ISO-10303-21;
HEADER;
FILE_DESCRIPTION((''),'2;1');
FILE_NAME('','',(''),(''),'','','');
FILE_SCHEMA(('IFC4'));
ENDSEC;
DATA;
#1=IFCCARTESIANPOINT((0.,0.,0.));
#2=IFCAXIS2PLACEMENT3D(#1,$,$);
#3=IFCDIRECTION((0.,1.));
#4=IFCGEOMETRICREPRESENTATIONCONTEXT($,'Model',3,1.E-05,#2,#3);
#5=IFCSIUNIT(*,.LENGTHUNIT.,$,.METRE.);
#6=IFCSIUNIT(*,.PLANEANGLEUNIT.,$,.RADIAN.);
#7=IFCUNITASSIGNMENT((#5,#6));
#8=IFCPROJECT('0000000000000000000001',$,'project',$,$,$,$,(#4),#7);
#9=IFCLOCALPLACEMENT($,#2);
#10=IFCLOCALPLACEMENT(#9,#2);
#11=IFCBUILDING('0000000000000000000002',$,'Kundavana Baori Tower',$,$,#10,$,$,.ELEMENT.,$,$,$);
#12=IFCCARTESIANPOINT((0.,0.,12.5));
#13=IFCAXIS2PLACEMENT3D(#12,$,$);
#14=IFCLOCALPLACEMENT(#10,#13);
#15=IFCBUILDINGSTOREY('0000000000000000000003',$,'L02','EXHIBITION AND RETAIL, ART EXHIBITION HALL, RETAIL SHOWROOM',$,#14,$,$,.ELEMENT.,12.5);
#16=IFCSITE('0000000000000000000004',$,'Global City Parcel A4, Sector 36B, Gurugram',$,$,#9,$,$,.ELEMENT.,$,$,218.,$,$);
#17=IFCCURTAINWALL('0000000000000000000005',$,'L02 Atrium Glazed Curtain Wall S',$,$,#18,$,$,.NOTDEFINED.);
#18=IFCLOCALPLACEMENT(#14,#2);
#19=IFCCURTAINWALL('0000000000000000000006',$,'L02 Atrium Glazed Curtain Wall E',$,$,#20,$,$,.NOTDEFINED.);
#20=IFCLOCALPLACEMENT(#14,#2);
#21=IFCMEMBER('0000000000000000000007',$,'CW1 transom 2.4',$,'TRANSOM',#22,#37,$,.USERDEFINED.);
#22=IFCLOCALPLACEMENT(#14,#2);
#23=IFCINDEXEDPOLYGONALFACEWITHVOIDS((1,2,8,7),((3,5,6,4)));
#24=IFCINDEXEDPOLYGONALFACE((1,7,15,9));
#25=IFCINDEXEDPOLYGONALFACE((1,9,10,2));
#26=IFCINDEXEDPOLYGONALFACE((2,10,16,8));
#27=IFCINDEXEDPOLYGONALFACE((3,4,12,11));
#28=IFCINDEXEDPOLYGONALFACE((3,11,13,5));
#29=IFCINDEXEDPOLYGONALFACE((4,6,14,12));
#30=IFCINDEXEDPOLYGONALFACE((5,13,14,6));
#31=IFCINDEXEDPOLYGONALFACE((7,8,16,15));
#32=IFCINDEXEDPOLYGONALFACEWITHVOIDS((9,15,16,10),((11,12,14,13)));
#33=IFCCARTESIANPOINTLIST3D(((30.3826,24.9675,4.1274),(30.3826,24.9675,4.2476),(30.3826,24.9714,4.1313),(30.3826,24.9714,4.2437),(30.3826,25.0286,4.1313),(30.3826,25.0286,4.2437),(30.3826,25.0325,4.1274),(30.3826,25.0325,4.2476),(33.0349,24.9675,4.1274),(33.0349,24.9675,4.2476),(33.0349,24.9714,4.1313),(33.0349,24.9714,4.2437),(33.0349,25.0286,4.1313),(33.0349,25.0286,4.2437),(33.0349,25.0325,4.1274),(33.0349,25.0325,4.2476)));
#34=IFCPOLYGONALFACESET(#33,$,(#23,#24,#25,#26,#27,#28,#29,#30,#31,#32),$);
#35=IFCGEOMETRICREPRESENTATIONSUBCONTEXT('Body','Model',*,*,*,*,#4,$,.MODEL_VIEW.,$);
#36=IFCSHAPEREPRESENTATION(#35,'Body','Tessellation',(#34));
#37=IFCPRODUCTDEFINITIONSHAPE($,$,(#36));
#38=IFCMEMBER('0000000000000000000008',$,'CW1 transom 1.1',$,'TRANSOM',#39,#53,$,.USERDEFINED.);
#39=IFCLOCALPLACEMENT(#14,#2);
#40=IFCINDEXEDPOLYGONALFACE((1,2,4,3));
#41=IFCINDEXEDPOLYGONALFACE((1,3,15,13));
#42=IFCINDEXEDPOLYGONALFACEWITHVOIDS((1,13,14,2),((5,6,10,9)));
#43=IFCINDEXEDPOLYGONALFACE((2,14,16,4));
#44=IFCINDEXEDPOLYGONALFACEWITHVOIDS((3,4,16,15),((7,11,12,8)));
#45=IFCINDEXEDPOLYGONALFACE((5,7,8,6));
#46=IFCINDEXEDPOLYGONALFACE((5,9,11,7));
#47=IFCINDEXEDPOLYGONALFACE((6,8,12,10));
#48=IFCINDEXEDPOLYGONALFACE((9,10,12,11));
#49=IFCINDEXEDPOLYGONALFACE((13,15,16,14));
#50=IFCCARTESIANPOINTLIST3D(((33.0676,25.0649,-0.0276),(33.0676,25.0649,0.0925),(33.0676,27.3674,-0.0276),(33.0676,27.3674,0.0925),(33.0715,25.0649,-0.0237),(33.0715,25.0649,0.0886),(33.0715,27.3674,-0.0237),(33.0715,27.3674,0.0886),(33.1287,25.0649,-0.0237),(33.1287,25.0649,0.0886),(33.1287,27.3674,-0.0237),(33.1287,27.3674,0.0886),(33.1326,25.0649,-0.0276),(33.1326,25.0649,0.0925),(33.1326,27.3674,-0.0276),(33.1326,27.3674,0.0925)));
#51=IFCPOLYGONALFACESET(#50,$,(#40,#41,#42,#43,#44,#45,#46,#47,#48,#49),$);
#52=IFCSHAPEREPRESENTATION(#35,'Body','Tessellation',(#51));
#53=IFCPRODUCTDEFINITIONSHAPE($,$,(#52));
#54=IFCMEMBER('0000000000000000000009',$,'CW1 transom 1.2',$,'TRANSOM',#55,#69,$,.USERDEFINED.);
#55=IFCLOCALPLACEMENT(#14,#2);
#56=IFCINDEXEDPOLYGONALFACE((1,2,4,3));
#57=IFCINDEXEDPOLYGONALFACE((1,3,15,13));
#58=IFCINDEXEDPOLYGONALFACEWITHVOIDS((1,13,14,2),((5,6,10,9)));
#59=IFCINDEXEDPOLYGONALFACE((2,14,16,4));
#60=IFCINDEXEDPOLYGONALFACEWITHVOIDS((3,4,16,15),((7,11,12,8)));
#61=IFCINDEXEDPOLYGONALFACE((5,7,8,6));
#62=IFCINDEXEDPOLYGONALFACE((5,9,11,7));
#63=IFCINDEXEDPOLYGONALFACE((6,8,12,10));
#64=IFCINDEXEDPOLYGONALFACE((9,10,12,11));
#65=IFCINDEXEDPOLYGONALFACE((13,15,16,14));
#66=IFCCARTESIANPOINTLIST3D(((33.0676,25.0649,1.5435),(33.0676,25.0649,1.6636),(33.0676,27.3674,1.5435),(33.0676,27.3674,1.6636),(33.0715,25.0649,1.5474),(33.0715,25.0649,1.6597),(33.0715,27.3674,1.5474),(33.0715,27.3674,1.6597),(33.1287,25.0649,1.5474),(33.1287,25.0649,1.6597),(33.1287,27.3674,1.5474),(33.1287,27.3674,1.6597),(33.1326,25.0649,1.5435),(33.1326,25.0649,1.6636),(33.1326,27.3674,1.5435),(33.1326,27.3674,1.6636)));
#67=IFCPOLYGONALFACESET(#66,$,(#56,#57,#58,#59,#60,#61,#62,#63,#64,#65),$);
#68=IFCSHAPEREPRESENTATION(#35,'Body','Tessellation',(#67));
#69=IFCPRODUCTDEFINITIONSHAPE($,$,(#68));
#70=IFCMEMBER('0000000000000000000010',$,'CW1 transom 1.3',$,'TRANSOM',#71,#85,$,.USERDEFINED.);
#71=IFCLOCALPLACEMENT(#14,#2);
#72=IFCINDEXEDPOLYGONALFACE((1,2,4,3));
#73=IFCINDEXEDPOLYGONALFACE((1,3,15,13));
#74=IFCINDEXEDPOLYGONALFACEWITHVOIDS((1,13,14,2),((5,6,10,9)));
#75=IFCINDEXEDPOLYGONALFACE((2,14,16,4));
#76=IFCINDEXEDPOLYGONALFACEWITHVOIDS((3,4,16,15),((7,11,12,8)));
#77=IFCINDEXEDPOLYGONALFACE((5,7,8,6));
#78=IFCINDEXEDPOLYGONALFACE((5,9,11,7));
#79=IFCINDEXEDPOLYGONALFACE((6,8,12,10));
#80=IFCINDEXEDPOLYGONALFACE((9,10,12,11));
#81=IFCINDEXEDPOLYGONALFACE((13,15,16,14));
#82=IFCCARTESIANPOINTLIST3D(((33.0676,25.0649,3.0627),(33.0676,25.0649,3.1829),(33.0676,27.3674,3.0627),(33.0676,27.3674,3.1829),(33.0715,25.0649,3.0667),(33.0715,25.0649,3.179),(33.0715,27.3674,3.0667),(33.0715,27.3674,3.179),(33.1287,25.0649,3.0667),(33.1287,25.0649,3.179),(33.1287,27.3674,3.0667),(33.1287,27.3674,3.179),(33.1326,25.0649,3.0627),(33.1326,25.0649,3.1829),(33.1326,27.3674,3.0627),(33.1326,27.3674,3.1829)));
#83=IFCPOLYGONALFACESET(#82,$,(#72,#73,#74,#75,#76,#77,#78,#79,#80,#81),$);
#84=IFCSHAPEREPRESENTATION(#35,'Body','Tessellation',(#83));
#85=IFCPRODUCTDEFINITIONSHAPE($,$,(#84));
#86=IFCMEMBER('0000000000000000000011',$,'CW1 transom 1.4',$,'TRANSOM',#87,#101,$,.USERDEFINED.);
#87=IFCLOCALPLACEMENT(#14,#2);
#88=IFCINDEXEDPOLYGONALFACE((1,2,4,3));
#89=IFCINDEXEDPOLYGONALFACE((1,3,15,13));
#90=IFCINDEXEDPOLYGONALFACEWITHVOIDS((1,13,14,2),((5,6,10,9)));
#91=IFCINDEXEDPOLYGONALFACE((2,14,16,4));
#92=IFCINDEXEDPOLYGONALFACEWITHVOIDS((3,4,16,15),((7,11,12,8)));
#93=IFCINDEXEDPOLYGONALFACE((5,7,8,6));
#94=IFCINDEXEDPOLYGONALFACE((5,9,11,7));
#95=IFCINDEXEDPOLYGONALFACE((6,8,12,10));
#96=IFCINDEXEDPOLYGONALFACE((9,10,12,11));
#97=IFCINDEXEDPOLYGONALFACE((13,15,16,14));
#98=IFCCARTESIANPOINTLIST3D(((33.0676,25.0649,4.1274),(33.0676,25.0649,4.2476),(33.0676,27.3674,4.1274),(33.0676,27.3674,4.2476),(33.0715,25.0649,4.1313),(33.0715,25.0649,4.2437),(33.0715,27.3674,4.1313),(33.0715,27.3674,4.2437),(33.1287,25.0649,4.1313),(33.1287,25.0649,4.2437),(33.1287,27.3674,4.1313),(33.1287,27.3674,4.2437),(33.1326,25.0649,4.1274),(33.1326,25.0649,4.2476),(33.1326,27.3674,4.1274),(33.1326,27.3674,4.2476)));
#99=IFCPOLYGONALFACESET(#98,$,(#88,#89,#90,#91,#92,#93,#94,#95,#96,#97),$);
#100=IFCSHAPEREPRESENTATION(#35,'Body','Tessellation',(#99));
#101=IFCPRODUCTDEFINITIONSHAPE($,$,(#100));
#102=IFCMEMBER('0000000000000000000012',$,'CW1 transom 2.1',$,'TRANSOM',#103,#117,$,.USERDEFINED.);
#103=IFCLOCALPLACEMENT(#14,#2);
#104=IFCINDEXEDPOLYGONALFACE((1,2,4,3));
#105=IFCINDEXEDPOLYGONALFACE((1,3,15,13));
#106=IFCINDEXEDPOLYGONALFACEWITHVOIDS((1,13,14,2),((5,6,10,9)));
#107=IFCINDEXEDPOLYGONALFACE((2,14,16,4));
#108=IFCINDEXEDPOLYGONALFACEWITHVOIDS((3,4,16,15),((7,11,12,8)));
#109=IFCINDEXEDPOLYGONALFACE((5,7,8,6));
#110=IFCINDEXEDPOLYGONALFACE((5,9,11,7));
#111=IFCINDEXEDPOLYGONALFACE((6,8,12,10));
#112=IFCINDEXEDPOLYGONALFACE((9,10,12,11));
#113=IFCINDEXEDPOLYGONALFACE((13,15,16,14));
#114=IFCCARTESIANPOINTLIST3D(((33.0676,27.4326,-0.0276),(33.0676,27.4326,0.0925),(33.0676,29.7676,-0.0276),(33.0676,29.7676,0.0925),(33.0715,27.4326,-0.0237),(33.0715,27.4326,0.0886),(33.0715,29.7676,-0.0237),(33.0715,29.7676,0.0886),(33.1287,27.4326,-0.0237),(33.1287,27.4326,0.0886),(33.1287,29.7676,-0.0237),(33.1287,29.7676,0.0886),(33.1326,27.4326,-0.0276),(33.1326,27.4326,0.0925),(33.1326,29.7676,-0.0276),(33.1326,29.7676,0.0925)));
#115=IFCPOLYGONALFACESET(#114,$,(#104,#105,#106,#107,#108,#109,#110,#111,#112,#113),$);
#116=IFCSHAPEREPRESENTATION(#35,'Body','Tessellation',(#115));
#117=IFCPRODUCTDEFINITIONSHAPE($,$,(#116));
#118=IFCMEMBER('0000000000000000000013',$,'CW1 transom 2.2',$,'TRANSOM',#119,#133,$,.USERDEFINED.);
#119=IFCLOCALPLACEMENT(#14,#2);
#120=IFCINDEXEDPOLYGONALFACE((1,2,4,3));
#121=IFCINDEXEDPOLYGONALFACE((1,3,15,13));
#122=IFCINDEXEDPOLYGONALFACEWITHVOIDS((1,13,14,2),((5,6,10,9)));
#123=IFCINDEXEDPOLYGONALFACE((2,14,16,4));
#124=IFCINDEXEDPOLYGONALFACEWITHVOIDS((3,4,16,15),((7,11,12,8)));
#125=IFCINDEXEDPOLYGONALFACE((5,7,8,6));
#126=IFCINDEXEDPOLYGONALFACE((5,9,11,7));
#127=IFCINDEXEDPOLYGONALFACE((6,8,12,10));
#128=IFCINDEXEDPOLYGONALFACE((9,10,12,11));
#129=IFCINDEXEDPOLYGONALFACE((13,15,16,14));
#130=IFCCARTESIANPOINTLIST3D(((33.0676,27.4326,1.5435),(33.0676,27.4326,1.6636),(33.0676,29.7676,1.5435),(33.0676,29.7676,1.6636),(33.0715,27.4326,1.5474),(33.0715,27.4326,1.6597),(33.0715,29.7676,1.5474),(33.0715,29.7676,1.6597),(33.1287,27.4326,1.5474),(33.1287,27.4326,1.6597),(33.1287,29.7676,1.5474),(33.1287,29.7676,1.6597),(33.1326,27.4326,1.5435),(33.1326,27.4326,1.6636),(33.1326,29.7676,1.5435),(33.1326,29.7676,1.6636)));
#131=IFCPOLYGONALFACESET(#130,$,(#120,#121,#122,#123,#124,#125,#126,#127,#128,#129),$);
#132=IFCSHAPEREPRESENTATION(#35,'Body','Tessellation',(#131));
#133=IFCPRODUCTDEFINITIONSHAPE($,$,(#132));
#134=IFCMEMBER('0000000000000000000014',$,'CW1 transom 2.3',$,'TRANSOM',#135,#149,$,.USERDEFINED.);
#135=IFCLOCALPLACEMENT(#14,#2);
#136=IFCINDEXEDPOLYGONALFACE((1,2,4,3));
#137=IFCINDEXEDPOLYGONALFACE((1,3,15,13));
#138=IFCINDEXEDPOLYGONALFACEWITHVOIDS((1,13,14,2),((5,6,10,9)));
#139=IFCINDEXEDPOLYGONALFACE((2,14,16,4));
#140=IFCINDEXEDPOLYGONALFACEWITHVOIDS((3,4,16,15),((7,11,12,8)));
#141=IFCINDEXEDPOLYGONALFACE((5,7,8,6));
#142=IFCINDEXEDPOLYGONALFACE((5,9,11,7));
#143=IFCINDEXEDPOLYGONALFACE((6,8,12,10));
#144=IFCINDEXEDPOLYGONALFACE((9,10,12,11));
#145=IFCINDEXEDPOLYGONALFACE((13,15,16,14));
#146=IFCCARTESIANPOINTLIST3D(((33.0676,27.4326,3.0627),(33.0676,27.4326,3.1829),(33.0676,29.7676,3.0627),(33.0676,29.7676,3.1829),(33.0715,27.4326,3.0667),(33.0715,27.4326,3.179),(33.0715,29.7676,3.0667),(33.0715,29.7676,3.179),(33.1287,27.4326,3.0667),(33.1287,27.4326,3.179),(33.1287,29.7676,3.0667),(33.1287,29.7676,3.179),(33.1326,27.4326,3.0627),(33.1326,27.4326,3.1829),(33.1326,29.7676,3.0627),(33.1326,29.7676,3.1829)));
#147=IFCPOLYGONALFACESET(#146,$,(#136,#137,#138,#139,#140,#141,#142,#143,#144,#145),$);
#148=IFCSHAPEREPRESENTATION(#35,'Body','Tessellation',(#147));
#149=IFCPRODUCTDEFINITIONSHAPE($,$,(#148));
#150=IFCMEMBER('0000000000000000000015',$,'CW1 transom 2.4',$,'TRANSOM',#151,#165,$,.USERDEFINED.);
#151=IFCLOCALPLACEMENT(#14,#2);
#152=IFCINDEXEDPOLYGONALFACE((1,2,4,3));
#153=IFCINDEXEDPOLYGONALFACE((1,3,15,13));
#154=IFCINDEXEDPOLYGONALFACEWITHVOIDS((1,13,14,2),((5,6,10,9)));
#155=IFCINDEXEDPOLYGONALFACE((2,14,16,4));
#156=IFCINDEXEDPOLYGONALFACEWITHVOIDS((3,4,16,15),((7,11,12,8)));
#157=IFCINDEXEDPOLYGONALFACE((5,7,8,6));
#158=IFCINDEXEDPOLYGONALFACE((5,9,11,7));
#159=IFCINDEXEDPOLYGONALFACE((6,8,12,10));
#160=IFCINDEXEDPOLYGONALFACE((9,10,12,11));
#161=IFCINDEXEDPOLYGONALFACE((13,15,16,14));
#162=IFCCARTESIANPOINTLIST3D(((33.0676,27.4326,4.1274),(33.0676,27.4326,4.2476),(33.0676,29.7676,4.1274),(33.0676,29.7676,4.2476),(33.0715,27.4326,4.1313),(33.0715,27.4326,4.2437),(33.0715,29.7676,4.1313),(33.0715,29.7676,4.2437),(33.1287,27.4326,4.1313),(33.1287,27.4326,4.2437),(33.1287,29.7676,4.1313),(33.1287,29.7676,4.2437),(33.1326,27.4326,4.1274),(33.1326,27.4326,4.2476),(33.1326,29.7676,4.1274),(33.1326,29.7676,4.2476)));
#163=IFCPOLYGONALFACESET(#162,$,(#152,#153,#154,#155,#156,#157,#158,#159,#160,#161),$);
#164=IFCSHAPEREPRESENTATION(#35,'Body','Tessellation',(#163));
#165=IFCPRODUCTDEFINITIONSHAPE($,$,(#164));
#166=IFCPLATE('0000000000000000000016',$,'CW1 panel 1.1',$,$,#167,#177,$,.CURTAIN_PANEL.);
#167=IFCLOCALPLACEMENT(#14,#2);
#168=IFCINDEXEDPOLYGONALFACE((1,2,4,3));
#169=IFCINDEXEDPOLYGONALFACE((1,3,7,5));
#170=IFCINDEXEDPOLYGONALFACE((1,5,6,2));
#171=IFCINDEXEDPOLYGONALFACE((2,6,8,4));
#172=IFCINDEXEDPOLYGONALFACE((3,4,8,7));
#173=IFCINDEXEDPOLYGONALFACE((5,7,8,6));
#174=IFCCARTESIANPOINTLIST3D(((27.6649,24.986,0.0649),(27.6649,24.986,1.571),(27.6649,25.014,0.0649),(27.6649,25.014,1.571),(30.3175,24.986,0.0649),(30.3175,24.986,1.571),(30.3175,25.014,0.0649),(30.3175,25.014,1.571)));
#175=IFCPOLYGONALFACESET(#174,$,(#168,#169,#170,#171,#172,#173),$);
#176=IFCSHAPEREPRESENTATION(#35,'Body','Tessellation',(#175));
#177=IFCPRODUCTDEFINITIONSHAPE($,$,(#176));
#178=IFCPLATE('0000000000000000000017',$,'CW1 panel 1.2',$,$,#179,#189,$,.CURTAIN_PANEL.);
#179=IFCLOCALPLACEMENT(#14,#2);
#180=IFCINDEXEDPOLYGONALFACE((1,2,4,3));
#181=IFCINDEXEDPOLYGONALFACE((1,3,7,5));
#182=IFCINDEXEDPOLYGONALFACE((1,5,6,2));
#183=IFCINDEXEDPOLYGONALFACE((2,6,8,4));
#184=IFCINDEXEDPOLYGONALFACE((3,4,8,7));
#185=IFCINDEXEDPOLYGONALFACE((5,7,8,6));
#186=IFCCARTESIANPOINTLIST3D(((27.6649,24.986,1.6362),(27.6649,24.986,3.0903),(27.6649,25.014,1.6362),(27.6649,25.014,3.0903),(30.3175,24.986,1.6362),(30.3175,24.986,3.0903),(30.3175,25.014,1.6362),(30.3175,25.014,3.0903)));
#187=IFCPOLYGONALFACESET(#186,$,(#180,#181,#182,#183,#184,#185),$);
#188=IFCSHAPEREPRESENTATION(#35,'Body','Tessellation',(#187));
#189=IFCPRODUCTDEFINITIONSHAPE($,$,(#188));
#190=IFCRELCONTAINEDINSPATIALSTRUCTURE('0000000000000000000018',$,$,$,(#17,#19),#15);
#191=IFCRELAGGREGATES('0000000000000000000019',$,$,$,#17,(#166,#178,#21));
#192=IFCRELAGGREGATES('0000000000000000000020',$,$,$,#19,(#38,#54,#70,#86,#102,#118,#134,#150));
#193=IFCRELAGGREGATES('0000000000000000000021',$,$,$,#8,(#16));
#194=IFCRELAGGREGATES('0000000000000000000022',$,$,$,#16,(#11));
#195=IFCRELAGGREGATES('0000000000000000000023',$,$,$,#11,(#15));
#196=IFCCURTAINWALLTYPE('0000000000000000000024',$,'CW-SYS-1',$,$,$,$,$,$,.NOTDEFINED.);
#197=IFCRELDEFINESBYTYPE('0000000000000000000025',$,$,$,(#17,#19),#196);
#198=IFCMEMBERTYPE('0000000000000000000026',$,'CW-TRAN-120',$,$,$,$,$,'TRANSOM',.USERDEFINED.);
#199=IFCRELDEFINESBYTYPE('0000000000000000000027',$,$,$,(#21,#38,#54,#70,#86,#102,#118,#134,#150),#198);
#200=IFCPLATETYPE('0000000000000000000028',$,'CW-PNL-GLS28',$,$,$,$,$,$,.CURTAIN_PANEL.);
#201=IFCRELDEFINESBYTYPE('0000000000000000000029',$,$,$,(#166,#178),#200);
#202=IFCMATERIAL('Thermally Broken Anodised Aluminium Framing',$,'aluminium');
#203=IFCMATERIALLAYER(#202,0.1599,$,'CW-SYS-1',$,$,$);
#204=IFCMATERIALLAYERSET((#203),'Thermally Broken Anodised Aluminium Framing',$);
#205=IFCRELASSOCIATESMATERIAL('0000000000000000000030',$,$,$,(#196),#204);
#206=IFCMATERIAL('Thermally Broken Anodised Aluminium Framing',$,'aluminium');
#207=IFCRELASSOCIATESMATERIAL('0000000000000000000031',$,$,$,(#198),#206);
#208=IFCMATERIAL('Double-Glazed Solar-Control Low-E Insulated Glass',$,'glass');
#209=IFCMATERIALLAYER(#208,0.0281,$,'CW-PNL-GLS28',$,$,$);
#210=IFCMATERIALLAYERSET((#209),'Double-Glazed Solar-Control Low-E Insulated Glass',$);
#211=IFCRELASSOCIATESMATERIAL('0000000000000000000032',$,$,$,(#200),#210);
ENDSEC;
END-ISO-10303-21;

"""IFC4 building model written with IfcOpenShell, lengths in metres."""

from ifc_helpers import new_model, si_unit, direction, frame, origin, origin_2d, place, context, subcontext, project, spatial, rectangle, hollow_rectangle, extrude, material, layer, layer_set, material_profile, profile_set, type_object, element, aggregate, save


model = new_model("IFC4")

# Units and contexts
model_context = context("Model", 3, precision=1e-05, world=origin(), true_north=direction((0.0, 1.0)))
body_context = subcontext(model_context, "Body", "Model", "MODEL_VIEW")
ifc_project = project(units=[si_unit("LENGTHUNIT", "METRE"), si_unit("PLANEANGLEUNIT", "RADIAN")], contexts=[model_context])

# Site, building, storey
site_placement = place(None, origin())
site = spatial("IfcSite", under=ifc_project, at=site_placement, Name="Global City Parcel A4, Sector 36B, Gurugram", CompositionType="ELEMENT", RefElevation=218.0)
building_placement = place(site_placement, origin())
building = spatial("IfcBuilding", under=site, at=building_placement, Name="Kundavana Baori Tower", CompositionType="ELEMENT")
storey_placement = place(building_placement, frame((0.0, 0.0, 12.5)))
storey = spatial("IfcBuildingStorey", under=building, at=storey_placement, Name="L02", Description="EXHIBITION AND RETAIL, ART EXHIBITION HALL, RETAIL SHOWROOM", CompositionType="ELEMENT", Elevation=12.5)

# Curtain walls
ifc_material_1 = material(Name="Thermally Broken Anodised Aluminium Framing", Category="aluminium")
ifc_layer_1 = layer(ifc_material_1, 0.1599, Name="CW-SYS-1")
ifc_layer_set_1 = layer_set([ifc_layer_1], Name="Thermally Broken Anodised Aluminium Framing")
curtain_wall_type = type_object("IfcCurtainWallType", Name="CW-SYS-1", PredefinedType="NOTDEFINED", material=ifc_layer_set_1)
curtain_wall_1_placement = place(storey_placement, origin())
curtain_wall_1 = element("IfcCurtainWall", 1, at=curtain_wall_1_placement, inside=storey, type_object=curtain_wall_type, Name="L02 Atrium Glazed Curtain Wall S", PredefinedType="NOTDEFINED")
curtain_wall_2_placement = place(storey_placement, origin())
curtain_wall_2 = element("IfcCurtainWall", 2, at=curtain_wall_2_placement, inside=storey, type_object=curtain_wall_type, Name="L02 Atrium Glazed Curtain Wall E", PredefinedType="NOTDEFINED")

# Members
ifc_material_2 = material(Name="Thermally Broken Anodised Aluminium Framing", Category="aluminium")
ifc_material_profile_1 = material_profile(ifc_material_2, hollow_rectangle(XDim=0.0649, YDim=0.1201, WallThickness=0.0039, at=origin_2d()), Name="CW-TRAN-120")
ifc_profile_set_1 = profile_set([ifc_material_profile_1], Name="Thermally Broken Anodised Aluminium Framing")
member_type_1 = type_object("IfcMemberType", Name="CW-TRAN-120", ElementType="TRANSOM", PredefinedType="USERDEFINED", material=ifc_profile_set_1)
member_1_placement = place(storey_placement, frame((30.3826, 25.0, 4.1875), z_axis=(1.0, 0.0, 0.0), x_axis=(0.0, 1.0, 0.0)))
member_1 = element("IfcMember", 3, at=member_1_placement, type_object=member_type_1, Name="CW1 transom 2.4", ObjectType="TRANSOM", PredefinedType="USERDEFINED", context=body_context, shape_type="SweptSolid", body=[
    extrude(hollow_rectangle(XDim=0.0649, YDim=0.1201, WallThickness=0.0039, at=origin_2d()), origin(), (0.0, 0.0, 1.0), 2.6523),
])
member_2_placement = place(storey_placement, frame((33.1001, 25.0649, 0.0325), z_axis=(0.0, 1.0, 0.0), x_axis=(-1.0, 0.0, 0.0)))
member_2 = element("IfcMember", 4, at=member_2_placement, type_object=member_type_1, Name="CW1 transom 1.1", ObjectType="TRANSOM", PredefinedType="USERDEFINED", context=body_context, shape_type="SweptSolid", body=[
    extrude(hollow_rectangle(XDim=0.0649, YDim=0.1201, WallThickness=0.0039, at=origin_2d()), origin(), (0.0, 0.0, 1.0), 2.3025),
])
member_3_placement = place(storey_placement, frame((33.1001, 25.0649, 1.6035), z_axis=(0.0, 1.0, 0.0), x_axis=(-1.0, 0.0, 0.0)))
member_3 = element("IfcMember", 5, at=member_3_placement, type_object=member_type_1, Name="CW1 transom 1.2", ObjectType="TRANSOM", PredefinedType="USERDEFINED", context=body_context, shape_type="SweptSolid", body=[
    extrude(hollow_rectangle(XDim=0.0649, YDim=0.1201, WallThickness=0.0039, at=origin_2d()), origin(), (0.0, 0.0, 1.0), 2.3025),
])
member_4_placement = place(storey_placement, frame((33.1001, 25.0649, 3.1228), z_axis=(0.0, 1.0, 0.0), x_axis=(-1.0, 0.0, 0.0)))
member_4 = element("IfcMember", 6, at=member_4_placement, type_object=member_type_1, Name="CW1 transom 1.3", ObjectType="TRANSOM", PredefinedType="USERDEFINED", context=body_context, shape_type="SweptSolid", body=[
    extrude(hollow_rectangle(XDim=0.0649, YDim=0.1201, WallThickness=0.0039, at=origin_2d()), origin(), (0.0, 0.0, 1.0), 2.3025),
])
member_5_placement = place(storey_placement, frame((33.1001, 25.0649, 4.1875), z_axis=(0.0, 1.0, 0.0), x_axis=(-1.0, 0.0, 0.0)))
member_5 = element("IfcMember", 7, at=member_5_placement, type_object=member_type_1, Name="CW1 transom 1.4", ObjectType="TRANSOM", PredefinedType="USERDEFINED", context=body_context, shape_type="SweptSolid", body=[
    extrude(hollow_rectangle(XDim=0.0649, YDim=0.1201, WallThickness=0.0039, at=origin_2d()), origin(), (0.0, 0.0, 1.0), 2.3025),
])
member_6_placement = place(storey_placement, frame((33.1001, 27.4326, 0.0325), z_axis=(0.0, 1.0, 0.0), x_axis=(-1.0, 0.0, 0.0)))
member_6 = element("IfcMember", 8, at=member_6_placement, type_object=member_type_1, Name="CW1 transom 2.1", ObjectType="TRANSOM", PredefinedType="USERDEFINED", context=body_context, shape_type="SweptSolid", body=[
    extrude(hollow_rectangle(XDim=0.0649, YDim=0.1201, WallThickness=0.0039, at=origin_2d()), origin(), (0.0, 0.0, 1.0), 2.335),
])
member_7_placement = place(storey_placement, frame((33.1001, 27.4326, 1.6035), z_axis=(0.0, 1.0, 0.0), x_axis=(-1.0, 0.0, 0.0)))
member_7 = element("IfcMember", 9, at=member_7_placement, type_object=member_type_1, Name="CW1 transom 2.2", ObjectType="TRANSOM", PredefinedType="USERDEFINED", context=body_context, shape_type="SweptSolid", body=[
    extrude(hollow_rectangle(XDim=0.0649, YDim=0.1201, WallThickness=0.0039, at=origin_2d()), origin(), (0.0, 0.0, 1.0), 2.335),
])
member_8_placement = place(storey_placement, frame((33.1001, 27.4326, 3.1228), z_axis=(0.0, 1.0, 0.0), x_axis=(-1.0, 0.0, 0.0)))
member_8 = element("IfcMember", 10, at=member_8_placement, type_object=member_type_1, Name="CW1 transom 2.3", ObjectType="TRANSOM", PredefinedType="USERDEFINED", context=body_context, shape_type="SweptSolid", body=[
    extrude(hollow_rectangle(XDim=0.0649, YDim=0.1201, WallThickness=0.0039, at=origin_2d()), origin(), (0.0, 0.0, 1.0), 2.335),
])
member_9_placement = place(storey_placement, frame((33.1001, 27.4326, 4.1875), z_axis=(0.0, 1.0, 0.0), x_axis=(-1.0, 0.0, 0.0)))
member_9 = element("IfcMember", 11, at=member_9_placement, type_object=member_type_1, Name="CW1 transom 2.4", ObjectType="TRANSOM", PredefinedType="USERDEFINED", context=body_context, shape_type="SweptSolid", body=[
    extrude(hollow_rectangle(XDim=0.0649, YDim=0.1201, WallThickness=0.0039, at=origin_2d()), origin(), (0.0, 0.0, 1.0), 2.335),
])

# Plates
ifc_material_3 = material(Name="Double-Glazed Solar-Control Low-E Insulated Glass", Category="glass")
ifc_layer_2 = layer(ifc_material_3, 0.0281, Name="CW-PNL-GLS28")
ifc_layer_set_2 = layer_set([ifc_layer_2], Name="Double-Glazed Solar-Control Low-E Insulated Glass")
plate_type = type_object("IfcPlateType", Name="CW-PNL-GLS28", PredefinedType="CURTAIN_PANEL", material=ifc_layer_set_2)
plate_1_placement = place(storey_placement, frame((28.9912, 25.0, 0.0649), z_axis=(0.0, 0.0, 1.0), x_axis=(1.0, 0.0, 0.0)))
plate_1 = element("IfcPlate", 12, at=plate_1_placement, type_object=plate_type, Name="CW1 panel 1.1", PredefinedType="CURTAIN_PANEL", context=body_context, shape_type="SweptSolid", body=[
    extrude(rectangle(XDim=2.6526, YDim=0.0281, at=origin_2d()), origin(), (0.0, 0.0, 1.0), 1.5061),
])
plate_2_placement = place(storey_placement, frame((28.9912, 25.0, 1.6362), z_axis=(0.0, 0.0, 1.0), x_axis=(1.0, 0.0, 0.0)))
plate_2 = element("IfcPlate", 13, at=plate_2_placement, type_object=plate_type, Name="CW1 panel 1.2", PredefinedType="CURTAIN_PANEL", context=body_context, shape_type="SweptSolid", body=[
    extrude(rectangle(XDim=2.6526, YDim=0.0281, at=origin_2d()), origin(), (0.0, 0.0, 1.0), 1.4541),
])
aggregate(curtain_wall_1, [plate_1, plate_2, member_1])
aggregate(curtain_wall_2, [member_2, member_3, member_4, member_5, member_6, member_7, member_8, member_9])

save(model, "model.ifc")
